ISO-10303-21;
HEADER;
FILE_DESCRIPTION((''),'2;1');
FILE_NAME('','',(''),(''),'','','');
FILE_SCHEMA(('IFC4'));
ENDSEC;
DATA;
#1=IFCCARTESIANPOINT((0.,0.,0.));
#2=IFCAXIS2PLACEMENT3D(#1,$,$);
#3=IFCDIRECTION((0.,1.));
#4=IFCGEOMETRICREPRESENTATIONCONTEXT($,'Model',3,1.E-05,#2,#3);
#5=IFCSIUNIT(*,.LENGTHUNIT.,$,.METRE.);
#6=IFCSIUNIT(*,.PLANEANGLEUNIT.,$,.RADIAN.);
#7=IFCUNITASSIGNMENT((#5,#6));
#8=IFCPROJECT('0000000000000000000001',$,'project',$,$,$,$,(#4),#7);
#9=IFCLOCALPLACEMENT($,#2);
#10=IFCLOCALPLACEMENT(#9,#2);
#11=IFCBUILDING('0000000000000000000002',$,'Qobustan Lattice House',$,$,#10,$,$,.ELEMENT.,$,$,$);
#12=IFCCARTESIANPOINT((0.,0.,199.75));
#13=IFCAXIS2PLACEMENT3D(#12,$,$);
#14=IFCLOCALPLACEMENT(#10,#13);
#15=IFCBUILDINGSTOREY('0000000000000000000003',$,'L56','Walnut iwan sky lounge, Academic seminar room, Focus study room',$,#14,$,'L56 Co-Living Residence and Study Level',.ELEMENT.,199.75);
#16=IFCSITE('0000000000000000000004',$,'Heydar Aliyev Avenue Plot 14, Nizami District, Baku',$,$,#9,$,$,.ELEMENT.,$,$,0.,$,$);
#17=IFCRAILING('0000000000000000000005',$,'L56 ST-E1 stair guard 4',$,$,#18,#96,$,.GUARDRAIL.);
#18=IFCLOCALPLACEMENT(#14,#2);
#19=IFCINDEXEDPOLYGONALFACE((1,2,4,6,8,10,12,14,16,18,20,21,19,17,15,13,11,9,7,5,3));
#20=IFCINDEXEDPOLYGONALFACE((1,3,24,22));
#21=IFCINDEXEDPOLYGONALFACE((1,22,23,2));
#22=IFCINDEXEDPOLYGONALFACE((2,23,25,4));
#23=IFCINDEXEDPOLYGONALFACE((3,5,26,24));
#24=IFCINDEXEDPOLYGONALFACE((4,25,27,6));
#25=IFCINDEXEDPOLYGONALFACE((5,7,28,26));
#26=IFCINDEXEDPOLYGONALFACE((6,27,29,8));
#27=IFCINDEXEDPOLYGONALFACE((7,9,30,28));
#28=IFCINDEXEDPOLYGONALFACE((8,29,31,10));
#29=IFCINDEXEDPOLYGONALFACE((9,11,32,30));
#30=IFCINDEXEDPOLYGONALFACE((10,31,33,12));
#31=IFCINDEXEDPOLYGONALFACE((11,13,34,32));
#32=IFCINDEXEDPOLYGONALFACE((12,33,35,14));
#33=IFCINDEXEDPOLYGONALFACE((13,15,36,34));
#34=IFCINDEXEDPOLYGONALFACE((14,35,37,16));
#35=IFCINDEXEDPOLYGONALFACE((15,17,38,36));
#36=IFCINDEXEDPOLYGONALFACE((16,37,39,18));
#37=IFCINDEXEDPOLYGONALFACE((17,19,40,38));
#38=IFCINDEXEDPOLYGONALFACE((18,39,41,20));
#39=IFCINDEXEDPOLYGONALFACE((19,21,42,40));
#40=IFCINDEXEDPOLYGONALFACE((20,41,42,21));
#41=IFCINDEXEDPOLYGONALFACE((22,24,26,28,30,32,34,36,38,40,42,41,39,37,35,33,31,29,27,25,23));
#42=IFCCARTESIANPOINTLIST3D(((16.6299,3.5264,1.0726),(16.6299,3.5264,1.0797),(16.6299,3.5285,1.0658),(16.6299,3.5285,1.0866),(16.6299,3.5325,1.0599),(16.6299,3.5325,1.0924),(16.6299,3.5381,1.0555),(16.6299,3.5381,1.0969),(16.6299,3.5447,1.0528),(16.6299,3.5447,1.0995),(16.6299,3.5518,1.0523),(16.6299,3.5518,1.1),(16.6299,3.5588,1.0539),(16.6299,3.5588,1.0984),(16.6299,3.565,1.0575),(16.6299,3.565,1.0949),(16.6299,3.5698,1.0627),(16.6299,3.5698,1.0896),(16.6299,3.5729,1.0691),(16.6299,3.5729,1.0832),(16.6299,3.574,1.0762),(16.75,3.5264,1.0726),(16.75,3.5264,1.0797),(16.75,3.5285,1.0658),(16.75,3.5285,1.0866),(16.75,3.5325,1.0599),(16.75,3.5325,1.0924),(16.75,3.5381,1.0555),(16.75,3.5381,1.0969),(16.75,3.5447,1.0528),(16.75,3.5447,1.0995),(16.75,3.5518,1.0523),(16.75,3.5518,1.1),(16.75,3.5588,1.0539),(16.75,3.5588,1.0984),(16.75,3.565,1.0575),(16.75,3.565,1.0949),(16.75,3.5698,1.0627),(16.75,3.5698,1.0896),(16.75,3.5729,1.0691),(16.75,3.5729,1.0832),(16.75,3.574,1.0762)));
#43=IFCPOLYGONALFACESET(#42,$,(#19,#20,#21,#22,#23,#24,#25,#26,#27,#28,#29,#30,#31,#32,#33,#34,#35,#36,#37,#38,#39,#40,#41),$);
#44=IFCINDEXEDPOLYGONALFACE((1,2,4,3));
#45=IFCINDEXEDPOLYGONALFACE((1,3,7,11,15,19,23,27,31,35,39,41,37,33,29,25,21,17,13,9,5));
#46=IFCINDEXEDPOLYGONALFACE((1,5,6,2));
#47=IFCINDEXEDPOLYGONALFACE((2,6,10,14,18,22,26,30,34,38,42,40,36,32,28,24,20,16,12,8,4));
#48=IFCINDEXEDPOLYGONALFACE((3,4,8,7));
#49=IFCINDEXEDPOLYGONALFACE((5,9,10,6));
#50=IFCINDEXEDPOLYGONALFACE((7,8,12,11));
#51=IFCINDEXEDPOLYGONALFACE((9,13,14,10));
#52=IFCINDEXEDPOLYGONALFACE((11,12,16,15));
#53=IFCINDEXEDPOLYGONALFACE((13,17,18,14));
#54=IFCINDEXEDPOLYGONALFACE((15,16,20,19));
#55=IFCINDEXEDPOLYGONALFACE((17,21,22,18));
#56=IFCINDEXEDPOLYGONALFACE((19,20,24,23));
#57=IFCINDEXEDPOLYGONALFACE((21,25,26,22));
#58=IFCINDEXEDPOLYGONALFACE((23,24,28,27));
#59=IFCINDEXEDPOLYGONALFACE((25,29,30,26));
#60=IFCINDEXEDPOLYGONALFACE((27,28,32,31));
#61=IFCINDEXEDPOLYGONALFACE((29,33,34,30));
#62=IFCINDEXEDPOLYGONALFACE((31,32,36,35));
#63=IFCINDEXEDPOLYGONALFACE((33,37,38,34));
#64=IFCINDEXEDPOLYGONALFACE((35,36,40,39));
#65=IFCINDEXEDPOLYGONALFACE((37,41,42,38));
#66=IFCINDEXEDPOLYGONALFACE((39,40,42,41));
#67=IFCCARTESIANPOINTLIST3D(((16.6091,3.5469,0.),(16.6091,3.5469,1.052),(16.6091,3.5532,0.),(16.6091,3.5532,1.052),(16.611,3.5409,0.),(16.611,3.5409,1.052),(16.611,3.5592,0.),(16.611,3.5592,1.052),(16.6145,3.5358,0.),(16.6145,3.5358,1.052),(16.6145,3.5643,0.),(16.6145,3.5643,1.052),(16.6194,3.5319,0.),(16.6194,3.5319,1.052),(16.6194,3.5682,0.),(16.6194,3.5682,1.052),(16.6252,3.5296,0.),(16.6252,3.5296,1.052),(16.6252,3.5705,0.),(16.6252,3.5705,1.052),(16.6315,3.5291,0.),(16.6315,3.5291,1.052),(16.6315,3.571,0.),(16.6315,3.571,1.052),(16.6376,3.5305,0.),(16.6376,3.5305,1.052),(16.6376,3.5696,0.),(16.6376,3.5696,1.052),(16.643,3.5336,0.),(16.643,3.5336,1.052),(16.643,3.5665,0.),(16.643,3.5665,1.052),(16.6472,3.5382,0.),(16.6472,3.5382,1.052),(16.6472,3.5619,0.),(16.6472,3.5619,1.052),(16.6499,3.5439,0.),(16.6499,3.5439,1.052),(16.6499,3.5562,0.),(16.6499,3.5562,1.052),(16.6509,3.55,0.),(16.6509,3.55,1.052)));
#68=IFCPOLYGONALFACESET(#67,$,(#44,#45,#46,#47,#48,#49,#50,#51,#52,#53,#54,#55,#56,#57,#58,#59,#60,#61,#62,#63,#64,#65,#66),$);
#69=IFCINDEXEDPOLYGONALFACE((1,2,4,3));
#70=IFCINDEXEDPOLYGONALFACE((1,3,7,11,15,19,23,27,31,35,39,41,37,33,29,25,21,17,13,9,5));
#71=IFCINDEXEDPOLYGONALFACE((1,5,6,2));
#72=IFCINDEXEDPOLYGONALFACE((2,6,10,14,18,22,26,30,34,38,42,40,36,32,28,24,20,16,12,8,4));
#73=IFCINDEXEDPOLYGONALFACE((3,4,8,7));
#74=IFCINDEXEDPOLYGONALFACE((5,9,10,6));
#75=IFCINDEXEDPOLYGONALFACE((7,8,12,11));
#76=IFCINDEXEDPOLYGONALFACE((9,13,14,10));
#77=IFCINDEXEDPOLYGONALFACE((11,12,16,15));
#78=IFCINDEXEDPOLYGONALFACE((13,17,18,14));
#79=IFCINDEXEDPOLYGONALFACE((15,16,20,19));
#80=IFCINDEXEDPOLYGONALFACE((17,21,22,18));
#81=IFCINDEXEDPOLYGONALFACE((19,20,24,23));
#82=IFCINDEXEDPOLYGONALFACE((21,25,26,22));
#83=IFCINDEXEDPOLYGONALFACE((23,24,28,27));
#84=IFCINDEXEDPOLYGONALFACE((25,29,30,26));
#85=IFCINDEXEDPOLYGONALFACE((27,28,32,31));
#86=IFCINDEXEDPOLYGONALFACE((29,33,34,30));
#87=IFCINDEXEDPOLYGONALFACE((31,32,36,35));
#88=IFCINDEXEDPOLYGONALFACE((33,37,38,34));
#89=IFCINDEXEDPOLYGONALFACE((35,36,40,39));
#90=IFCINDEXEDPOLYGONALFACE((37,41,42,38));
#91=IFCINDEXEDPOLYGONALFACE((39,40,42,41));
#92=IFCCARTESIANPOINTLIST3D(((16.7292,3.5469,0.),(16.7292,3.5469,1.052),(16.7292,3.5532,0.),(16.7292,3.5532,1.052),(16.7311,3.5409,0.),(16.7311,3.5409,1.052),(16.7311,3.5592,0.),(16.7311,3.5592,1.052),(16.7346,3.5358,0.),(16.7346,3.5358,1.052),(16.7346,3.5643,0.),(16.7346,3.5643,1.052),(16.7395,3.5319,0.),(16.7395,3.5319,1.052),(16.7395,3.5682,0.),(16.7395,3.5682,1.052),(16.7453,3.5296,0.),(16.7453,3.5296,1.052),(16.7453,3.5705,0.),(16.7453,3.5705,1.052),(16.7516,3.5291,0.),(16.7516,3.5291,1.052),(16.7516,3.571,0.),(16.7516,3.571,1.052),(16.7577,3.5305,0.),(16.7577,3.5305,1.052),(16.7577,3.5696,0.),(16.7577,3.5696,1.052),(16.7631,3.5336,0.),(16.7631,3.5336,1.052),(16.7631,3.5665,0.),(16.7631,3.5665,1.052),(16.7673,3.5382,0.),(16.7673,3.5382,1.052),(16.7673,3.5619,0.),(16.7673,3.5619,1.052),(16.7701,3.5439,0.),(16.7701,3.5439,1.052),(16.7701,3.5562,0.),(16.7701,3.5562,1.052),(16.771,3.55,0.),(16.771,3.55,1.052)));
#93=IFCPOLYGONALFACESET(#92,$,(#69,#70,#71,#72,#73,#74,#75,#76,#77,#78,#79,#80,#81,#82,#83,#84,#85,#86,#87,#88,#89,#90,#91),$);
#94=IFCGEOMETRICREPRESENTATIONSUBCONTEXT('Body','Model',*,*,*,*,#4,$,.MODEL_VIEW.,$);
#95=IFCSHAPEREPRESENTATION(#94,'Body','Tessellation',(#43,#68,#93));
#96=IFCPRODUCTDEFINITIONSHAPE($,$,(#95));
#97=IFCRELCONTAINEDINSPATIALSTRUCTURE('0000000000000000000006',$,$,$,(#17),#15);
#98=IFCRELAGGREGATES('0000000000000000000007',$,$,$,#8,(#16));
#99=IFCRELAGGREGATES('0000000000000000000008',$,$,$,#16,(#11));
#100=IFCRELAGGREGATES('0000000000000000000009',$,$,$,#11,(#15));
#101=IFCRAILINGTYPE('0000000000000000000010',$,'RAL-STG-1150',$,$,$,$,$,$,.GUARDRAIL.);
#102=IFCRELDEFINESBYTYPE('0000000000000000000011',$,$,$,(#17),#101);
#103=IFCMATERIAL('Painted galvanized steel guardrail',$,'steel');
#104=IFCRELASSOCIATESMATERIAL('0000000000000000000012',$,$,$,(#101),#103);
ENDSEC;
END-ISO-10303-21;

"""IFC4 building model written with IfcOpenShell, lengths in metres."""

from ifc_helpers import new_model, si_unit, direction, frame, origin, origin_2d, place, context, subcontext, project, spatial, circle, extrude, material, type_object, element, save


model = new_model("IFC4")

# Units and contexts
model_context = context("Model", 3, precision=1e-05, world=origin(), true_north=direction((0.0, 1.0)))
body_context = subcontext(model_context, "Body", "Model", "MODEL_VIEW")
ifc_project = project(units=[si_unit("LENGTHUNIT", "METRE"), si_unit("PLANEANGLEUNIT", "RADIAN")], contexts=[model_context])

# Site, building, storey
site_placement = place(None, origin())
site = spatial("IfcSite", under=ifc_project, at=site_placement, Name="Heydar Aliyev Avenue Plot 14, Nizami District, Baku", CompositionType="ELEMENT", RefElevation=0.0)
building_placement = place(site_placement, origin())
building = spatial("IfcBuilding", under=site, at=building_placement, Name="Qobustan Lattice House", CompositionType="ELEMENT")
storey_placement = place(building_placement, frame((0.0, 0.0, 199.75)))
storey = spatial("IfcBuildingStorey", under=building, at=storey_placement, Name="L56", Description="Walnut iwan sky lounge, Academic seminar room, Focus study room", LongName="L56 Co-Living Residence and Study Level", CompositionType="ELEMENT", Elevation=199.75)

# Railing
ifc_material_1 = material(Name="Painted galvanized steel guardrail", Category="steel")
railing_type_1 = type_object("IfcRailingType", Name="RAL-STG-1150", PredefinedType="GUARDRAIL", material=ifc_material_1)
railing_1_placement = place(storey_placement, frame((16.6299, 3.55, 0.0)))
element("IfcRailing", 1, at=railing_1_placement, inside=storey, type_object=railing_type_1, Name="L56 ST-E1 stair guard 4", PredefinedType="GUARDRAIL", context=body_context, shape_type="SweptSolid", body=[
    extrude(circle(Radius=0.0239, at=origin_2d()), frame((0.0, 0.0, 1.0762), z_axis=(1.0, 0.0, 0.0), x_axis=(0.0, 1.0, 0.0)), (0.0, 0.0, 1.0), 0.1201),
    extrude(circle(Radius=0.021, at=origin_2d()), origin(), (0.0, 0.0, 1.0), 1.052),
    extrude(circle(Radius=0.021, at=origin_2d()), frame((0.1201, 0.0, 0.0)), (0.0, 0.0, 1.0), 1.052),
])

save(model, "model.ifc")
